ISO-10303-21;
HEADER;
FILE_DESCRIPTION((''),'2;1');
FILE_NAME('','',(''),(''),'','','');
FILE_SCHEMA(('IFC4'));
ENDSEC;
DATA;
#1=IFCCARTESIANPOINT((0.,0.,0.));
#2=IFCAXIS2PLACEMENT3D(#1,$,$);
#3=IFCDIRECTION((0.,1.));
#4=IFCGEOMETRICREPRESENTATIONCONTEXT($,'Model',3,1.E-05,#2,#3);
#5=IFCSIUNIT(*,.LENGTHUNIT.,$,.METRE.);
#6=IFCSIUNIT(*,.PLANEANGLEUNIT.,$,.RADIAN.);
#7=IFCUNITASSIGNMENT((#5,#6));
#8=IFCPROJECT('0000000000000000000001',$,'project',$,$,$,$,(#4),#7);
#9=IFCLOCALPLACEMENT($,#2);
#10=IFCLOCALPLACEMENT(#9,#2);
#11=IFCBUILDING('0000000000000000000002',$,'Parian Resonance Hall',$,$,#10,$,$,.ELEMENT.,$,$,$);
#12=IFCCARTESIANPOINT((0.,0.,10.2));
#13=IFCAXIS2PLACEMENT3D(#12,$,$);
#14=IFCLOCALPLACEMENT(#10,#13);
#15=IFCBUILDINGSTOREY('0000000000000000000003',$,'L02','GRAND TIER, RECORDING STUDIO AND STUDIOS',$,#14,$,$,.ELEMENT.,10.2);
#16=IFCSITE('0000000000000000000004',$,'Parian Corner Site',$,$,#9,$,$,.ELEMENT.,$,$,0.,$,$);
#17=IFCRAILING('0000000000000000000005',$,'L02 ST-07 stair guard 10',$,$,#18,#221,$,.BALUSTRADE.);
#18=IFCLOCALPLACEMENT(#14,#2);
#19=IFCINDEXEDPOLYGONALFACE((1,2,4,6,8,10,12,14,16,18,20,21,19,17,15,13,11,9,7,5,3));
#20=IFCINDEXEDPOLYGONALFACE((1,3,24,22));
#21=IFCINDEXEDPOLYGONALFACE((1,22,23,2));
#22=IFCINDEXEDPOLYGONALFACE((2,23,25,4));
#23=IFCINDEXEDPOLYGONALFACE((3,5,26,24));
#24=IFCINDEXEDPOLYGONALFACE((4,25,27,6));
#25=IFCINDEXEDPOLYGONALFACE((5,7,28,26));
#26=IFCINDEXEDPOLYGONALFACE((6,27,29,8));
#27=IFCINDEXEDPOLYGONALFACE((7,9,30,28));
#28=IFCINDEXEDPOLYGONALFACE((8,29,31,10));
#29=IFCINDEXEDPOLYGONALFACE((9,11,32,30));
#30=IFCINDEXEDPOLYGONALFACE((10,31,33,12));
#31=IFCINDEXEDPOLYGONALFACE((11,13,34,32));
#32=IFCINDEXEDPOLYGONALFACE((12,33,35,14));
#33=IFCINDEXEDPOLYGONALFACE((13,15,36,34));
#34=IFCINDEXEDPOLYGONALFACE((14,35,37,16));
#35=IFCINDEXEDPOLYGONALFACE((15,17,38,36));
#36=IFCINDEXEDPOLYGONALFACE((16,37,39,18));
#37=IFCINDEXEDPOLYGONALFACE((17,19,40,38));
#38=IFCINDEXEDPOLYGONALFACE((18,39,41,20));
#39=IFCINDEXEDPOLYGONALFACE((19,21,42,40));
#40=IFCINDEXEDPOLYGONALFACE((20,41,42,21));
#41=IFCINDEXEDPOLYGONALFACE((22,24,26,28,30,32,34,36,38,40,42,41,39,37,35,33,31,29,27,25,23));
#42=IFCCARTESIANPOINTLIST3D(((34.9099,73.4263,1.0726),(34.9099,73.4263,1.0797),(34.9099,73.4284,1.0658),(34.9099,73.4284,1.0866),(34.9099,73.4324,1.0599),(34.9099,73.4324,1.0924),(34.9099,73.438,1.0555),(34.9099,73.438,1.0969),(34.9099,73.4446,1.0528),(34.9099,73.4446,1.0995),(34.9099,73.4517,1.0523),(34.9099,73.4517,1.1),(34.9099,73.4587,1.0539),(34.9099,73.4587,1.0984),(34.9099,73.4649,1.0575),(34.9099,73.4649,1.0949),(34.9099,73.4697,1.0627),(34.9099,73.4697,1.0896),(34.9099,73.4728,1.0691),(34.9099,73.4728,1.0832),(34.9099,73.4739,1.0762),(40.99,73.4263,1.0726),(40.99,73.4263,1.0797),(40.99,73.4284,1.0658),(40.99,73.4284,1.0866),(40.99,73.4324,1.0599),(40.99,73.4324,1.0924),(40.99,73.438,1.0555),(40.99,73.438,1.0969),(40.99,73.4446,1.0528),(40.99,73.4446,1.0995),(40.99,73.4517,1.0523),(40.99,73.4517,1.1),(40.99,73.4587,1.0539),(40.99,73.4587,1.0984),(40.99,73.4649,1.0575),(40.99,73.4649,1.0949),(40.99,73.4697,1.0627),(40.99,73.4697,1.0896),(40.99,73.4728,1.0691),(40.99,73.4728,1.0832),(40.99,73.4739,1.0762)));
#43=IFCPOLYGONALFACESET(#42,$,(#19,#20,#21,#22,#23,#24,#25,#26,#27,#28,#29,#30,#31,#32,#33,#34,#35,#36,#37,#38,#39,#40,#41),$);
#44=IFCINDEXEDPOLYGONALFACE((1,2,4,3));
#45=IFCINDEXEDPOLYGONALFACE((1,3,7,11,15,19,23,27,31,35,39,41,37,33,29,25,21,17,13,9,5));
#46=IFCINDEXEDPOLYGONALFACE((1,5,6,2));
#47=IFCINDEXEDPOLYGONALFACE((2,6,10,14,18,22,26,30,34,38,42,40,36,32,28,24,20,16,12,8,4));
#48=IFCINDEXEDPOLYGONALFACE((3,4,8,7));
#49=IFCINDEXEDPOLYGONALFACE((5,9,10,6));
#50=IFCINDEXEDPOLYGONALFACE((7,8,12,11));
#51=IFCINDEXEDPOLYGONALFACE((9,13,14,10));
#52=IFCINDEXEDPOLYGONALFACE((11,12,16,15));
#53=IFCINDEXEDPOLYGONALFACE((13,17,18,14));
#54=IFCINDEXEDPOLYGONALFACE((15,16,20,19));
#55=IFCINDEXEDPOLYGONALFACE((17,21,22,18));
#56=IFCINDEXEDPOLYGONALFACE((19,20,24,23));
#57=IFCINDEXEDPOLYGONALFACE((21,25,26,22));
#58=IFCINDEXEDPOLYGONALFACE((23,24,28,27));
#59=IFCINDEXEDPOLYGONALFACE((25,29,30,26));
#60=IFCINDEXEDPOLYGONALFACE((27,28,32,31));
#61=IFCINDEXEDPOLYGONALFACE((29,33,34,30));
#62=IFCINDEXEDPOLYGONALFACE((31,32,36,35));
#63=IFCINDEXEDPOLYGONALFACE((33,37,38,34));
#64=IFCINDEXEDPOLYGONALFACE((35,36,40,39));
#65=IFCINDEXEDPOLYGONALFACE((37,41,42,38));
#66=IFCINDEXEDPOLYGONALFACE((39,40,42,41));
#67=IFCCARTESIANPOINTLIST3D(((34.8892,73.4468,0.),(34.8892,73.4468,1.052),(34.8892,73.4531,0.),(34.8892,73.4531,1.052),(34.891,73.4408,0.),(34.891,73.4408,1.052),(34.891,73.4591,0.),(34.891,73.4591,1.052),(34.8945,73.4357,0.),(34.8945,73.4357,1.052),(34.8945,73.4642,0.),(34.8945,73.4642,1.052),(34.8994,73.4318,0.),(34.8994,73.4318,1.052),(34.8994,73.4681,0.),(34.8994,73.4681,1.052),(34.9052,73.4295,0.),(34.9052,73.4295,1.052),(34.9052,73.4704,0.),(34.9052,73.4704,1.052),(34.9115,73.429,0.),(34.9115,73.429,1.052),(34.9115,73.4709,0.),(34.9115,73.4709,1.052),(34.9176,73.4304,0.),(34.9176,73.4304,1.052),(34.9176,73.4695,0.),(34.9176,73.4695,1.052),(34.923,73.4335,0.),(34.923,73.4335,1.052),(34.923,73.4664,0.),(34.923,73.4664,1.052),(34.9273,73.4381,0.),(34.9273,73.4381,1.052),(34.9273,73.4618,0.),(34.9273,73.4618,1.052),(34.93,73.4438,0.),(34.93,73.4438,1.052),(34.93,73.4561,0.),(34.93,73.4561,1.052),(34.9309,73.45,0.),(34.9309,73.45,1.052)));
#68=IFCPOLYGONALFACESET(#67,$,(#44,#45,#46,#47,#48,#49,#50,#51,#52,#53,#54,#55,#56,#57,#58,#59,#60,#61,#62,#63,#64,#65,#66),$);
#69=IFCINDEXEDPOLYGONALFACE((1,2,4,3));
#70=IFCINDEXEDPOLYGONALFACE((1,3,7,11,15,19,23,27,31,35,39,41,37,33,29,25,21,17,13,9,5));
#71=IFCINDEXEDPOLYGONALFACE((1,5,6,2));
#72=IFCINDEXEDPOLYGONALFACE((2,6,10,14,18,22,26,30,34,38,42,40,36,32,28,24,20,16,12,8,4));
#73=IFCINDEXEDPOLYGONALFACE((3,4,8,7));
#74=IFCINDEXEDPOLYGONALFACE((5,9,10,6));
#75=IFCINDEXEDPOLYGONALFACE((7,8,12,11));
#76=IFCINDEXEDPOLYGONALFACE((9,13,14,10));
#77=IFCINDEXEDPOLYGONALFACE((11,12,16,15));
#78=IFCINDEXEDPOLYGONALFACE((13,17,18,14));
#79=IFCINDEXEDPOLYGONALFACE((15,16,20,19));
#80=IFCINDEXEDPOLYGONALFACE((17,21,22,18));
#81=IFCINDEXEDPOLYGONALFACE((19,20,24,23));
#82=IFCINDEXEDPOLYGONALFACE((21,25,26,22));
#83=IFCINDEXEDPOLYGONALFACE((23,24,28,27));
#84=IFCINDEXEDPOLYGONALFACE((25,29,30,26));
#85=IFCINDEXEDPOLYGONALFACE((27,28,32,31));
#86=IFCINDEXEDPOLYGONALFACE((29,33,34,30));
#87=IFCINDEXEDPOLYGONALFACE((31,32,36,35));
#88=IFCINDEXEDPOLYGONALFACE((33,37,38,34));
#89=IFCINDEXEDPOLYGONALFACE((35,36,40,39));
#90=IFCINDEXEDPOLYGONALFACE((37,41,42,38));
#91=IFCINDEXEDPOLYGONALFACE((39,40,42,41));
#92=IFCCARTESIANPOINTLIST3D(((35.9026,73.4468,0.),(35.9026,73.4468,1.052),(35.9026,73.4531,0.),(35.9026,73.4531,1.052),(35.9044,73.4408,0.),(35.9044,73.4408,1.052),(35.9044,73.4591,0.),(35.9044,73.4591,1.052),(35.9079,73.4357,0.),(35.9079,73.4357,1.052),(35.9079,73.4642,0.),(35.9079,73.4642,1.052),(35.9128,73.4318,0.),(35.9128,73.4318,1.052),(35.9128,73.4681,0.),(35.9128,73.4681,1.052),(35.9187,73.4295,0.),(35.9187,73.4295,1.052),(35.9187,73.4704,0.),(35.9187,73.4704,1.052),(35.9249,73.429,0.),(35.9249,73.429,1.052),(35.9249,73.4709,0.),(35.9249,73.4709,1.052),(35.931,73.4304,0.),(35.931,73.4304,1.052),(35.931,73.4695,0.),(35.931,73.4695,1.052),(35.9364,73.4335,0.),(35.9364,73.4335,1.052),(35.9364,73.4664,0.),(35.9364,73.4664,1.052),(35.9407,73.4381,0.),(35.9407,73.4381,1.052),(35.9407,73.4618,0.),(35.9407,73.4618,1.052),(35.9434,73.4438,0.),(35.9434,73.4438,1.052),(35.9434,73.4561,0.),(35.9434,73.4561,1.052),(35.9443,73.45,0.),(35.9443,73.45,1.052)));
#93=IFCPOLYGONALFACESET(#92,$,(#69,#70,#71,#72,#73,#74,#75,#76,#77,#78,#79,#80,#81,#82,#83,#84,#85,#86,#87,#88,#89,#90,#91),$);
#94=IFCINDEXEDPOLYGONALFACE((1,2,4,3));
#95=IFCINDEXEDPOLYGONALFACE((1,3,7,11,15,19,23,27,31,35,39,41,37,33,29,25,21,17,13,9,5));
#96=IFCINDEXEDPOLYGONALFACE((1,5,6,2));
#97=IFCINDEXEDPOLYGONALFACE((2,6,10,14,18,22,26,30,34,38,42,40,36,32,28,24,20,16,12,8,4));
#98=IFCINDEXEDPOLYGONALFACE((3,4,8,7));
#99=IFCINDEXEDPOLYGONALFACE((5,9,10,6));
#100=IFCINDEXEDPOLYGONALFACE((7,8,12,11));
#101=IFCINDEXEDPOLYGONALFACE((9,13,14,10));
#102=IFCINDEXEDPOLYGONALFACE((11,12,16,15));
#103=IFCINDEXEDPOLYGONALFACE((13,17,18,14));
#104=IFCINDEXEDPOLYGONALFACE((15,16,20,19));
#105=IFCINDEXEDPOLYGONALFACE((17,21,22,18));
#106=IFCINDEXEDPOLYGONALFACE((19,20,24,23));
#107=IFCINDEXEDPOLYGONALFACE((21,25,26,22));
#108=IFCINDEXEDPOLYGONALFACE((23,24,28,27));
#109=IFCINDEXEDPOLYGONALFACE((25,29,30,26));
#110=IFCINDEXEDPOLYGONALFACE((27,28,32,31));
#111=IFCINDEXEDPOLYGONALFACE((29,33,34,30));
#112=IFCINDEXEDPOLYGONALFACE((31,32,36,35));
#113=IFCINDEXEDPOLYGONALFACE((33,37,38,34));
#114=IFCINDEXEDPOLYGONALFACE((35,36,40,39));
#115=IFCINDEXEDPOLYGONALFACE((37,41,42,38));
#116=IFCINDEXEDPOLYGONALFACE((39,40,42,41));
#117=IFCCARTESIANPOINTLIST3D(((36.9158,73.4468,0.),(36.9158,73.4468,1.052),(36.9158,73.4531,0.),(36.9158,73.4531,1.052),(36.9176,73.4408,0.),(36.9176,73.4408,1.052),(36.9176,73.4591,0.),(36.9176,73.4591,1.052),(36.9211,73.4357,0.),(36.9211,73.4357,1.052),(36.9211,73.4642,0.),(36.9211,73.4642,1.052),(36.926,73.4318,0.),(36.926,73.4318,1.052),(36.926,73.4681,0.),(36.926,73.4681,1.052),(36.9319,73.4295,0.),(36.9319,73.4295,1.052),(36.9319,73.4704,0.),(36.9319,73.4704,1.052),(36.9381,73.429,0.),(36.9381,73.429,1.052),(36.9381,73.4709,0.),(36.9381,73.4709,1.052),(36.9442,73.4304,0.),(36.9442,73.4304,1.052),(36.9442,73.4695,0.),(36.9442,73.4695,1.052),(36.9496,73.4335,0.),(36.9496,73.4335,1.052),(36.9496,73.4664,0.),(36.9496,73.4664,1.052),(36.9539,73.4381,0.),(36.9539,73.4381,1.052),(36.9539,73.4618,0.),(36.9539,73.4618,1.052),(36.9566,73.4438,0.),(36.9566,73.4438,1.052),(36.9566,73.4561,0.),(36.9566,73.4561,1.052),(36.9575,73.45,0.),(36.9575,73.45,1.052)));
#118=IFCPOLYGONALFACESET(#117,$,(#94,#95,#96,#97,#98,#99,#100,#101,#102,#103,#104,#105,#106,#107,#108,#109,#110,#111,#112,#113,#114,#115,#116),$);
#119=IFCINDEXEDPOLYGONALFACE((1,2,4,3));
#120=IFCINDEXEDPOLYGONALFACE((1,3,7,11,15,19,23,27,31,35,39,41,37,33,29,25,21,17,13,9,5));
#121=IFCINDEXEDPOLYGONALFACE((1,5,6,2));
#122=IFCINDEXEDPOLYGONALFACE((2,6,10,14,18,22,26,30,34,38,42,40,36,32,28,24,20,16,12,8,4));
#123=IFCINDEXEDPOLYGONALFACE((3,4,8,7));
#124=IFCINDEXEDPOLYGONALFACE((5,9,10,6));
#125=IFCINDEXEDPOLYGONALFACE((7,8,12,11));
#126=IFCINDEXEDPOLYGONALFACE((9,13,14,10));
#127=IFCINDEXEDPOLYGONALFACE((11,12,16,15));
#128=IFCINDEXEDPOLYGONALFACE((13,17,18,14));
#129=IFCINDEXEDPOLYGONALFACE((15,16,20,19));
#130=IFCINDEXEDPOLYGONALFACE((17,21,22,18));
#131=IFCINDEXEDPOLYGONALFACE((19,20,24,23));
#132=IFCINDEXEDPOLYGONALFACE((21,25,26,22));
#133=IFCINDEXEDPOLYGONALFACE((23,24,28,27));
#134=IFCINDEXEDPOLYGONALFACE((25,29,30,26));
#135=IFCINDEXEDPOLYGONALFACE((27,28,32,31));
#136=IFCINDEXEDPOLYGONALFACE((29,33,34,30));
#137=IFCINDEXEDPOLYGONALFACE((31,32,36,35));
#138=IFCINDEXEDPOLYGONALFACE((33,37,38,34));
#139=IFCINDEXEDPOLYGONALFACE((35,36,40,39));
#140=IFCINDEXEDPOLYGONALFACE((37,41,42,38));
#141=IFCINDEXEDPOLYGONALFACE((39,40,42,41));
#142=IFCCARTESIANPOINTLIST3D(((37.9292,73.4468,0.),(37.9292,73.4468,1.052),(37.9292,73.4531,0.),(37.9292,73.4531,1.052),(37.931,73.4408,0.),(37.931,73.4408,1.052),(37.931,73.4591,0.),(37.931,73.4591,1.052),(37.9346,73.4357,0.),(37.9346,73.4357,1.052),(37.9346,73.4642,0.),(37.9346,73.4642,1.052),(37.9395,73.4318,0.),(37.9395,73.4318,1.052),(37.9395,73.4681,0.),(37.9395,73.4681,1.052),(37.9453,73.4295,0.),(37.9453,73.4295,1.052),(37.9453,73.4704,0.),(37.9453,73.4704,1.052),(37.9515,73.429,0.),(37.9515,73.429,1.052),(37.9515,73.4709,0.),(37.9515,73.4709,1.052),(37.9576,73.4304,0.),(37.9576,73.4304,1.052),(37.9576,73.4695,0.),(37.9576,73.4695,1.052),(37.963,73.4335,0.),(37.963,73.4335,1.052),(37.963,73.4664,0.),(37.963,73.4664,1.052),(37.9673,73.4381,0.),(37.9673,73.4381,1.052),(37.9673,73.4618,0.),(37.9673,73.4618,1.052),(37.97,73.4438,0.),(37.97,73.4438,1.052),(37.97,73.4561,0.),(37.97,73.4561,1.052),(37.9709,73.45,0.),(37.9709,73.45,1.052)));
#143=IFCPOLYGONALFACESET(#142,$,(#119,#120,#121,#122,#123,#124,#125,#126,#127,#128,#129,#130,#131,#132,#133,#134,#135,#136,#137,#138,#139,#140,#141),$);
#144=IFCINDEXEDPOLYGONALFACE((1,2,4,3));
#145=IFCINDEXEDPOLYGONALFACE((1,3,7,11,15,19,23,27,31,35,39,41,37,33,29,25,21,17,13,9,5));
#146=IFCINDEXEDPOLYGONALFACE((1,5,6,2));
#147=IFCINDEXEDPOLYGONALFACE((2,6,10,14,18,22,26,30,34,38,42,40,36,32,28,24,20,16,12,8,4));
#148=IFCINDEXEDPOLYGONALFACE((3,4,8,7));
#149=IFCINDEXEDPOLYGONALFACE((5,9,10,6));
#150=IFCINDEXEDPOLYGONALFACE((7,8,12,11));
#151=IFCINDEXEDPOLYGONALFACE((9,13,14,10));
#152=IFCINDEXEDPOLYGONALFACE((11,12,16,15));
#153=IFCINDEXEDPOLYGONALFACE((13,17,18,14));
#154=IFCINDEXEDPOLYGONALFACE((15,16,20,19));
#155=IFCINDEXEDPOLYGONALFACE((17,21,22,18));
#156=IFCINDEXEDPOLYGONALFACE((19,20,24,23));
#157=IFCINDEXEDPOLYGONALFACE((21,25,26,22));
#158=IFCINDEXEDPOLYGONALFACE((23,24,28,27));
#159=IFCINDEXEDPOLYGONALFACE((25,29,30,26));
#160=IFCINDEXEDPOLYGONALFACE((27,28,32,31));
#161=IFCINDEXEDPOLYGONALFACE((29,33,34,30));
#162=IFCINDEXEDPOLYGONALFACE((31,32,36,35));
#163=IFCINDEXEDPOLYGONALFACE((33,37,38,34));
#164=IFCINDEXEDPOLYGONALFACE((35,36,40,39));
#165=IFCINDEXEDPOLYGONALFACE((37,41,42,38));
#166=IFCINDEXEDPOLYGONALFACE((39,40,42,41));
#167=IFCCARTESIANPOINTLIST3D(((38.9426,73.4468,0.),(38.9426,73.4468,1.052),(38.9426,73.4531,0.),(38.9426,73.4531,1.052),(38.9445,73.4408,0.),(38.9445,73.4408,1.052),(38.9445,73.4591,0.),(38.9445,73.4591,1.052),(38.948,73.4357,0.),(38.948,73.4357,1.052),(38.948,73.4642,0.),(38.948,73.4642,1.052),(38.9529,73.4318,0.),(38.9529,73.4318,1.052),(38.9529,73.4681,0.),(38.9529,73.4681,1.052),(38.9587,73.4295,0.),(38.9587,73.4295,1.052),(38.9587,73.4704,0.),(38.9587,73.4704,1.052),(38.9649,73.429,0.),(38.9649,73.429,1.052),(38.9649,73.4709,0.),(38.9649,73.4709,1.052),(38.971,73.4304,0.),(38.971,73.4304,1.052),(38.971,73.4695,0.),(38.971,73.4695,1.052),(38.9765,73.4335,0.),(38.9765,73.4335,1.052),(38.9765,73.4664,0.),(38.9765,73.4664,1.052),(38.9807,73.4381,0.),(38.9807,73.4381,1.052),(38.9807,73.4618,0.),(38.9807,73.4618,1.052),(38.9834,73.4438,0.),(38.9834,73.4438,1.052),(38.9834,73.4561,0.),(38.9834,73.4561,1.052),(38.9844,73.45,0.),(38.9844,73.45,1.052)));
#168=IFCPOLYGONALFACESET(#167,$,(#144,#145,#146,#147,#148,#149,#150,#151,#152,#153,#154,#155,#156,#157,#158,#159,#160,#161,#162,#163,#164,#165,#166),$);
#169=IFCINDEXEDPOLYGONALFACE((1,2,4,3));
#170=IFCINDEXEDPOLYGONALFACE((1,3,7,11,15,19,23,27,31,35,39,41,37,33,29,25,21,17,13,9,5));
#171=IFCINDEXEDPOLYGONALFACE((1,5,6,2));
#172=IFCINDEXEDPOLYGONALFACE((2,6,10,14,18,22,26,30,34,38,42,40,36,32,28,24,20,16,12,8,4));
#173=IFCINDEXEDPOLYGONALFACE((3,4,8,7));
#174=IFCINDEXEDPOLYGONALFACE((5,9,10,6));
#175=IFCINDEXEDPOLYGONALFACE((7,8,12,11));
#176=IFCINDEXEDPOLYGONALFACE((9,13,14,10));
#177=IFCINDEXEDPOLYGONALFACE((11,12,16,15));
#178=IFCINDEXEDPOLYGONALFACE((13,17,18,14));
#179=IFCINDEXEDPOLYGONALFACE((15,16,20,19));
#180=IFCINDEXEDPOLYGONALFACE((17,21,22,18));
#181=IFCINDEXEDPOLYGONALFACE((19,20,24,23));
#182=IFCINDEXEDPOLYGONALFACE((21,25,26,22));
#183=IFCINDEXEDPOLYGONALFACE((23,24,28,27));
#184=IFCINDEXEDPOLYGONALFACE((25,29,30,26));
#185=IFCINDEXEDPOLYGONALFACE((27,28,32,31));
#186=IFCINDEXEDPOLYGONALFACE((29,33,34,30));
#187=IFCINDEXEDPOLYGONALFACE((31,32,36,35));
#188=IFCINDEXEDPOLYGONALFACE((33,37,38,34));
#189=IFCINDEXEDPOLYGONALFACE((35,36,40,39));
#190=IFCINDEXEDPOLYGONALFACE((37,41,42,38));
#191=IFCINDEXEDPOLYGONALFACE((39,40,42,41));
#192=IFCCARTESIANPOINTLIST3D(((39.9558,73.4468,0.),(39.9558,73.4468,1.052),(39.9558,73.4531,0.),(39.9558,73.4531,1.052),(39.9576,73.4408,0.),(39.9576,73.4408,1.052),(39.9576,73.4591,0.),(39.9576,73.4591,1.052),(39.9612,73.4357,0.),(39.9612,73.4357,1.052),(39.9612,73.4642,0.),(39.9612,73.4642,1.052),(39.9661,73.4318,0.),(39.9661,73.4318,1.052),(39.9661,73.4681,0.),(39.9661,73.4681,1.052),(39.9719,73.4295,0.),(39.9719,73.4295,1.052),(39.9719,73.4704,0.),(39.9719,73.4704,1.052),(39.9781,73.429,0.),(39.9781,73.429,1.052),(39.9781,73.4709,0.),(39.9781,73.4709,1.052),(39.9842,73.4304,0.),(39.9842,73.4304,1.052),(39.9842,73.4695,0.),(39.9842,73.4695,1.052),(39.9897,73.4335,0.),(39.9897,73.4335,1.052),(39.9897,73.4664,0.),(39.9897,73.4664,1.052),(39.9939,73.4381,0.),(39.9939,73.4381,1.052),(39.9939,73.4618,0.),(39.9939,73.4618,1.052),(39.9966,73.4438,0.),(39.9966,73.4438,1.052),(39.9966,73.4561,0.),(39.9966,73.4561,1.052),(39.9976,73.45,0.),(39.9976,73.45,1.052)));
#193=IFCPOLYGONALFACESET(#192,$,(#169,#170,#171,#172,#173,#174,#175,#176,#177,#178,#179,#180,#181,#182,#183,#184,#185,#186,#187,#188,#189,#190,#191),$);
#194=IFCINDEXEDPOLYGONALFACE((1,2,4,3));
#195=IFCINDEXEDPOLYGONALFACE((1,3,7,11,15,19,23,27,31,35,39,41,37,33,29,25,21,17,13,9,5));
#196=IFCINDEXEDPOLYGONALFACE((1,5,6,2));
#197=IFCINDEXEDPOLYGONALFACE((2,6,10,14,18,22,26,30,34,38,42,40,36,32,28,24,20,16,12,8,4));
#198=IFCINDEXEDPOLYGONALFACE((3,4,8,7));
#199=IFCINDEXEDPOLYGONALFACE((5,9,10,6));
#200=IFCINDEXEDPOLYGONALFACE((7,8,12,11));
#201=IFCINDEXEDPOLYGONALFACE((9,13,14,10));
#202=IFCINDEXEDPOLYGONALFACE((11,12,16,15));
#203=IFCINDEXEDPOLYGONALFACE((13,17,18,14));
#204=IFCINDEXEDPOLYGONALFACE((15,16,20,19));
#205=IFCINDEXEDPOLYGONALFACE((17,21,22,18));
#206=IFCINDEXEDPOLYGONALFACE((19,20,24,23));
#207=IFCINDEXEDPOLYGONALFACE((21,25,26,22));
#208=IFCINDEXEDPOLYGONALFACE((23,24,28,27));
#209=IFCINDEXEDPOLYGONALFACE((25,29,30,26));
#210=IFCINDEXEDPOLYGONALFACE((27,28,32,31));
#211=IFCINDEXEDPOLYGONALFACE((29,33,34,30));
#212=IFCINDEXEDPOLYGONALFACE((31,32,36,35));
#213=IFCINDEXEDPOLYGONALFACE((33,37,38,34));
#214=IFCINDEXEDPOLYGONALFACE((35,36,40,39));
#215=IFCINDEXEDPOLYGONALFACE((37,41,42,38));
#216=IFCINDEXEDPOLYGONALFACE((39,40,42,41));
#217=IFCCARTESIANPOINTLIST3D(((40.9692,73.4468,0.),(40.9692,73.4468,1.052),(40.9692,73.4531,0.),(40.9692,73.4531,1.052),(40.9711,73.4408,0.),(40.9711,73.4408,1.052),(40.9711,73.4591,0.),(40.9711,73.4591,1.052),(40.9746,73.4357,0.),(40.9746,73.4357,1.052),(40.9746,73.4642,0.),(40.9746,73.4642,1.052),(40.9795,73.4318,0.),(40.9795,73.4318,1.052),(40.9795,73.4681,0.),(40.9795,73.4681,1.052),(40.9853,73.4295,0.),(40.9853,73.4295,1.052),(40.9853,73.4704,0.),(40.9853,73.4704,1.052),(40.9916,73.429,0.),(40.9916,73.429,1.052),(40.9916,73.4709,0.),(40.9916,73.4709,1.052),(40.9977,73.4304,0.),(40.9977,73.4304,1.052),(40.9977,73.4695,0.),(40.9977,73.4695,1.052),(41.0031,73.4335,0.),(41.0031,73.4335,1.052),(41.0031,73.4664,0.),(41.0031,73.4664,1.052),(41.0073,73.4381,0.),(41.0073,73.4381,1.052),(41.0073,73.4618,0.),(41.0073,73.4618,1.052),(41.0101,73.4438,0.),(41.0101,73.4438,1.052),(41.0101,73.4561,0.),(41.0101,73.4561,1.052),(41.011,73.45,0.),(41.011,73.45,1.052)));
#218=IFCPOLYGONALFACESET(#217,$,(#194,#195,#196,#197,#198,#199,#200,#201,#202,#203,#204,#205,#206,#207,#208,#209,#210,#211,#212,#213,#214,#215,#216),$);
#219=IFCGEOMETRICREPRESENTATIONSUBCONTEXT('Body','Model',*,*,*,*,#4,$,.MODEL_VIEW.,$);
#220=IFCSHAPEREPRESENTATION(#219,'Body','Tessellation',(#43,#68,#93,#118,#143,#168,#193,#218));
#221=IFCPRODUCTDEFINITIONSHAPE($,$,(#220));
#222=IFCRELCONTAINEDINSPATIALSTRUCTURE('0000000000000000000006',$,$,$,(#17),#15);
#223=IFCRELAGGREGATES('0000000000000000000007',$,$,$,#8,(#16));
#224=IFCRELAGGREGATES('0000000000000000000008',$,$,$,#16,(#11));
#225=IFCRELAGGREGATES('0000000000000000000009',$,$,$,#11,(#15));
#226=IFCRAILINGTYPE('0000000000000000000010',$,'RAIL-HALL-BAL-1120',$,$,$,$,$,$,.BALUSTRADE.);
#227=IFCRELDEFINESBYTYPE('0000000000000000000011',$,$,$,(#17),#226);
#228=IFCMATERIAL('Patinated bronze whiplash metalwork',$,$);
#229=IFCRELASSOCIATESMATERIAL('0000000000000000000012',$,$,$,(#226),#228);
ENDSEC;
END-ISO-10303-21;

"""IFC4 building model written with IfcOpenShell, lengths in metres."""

from ifc_helpers import new_model, si_unit, direction, frame, origin, origin_2d, place, context, subcontext, project, spatial, circle, extrude, material, type_object, element, save


model = new_model("IFC4")

# Units and contexts
model_context = context("Model", 3, precision=1e-05, world=origin(), true_north=direction((0.0, 1.0)))
body_context = subcontext(model_context, "Body", "Model", "MODEL_VIEW")
ifc_project = project(units=[si_unit("LENGTHUNIT", "METRE"), si_unit("PLANEANGLEUNIT", "RADIAN")], contexts=[model_context])

# Site, building, storey
site_placement = place(None, origin())
site = spatial("IfcSite", under=ifc_project, at=site_placement, Name="Parian Corner Site", CompositionType="ELEMENT", RefElevation=0.0)
building_placement = place(site_placement, origin())
building = spatial("IfcBuilding", under=site, at=building_placement, Name="Parian Resonance Hall", CompositionType="ELEMENT")
storey_placement = place(building_placement, frame((0.0, 0.0, 10.2)))
storey = spatial("IfcBuildingStorey", under=building, at=storey_placement, Name="L02", Description="GRAND TIER, RECORDING STUDIO AND STUDIOS", CompositionType="ELEMENT", Elevation=10.2)

# Railing
ifc_material_1 = material(Name="Patinated bronze whiplash metalwork")
railing_type_1 = type_object("IfcRailingType", Name="RAIL-HALL-BAL-1120", PredefinedType="BALUSTRADE", material=ifc_material_1)
railing_1_placement = place(storey_placement, frame((34.9099, 73.45, 0.0)))
element("IfcRailing", 1, at=railing_1_placement, inside=storey, type_object=railing_type_1, Name="L02 ST-07 stair guard 10", PredefinedType="BALUSTRADE", context=body_context, shape_type="SweptSolid", body=[
    extrude(circle(Radius=0.0239, at=origin_2d()), frame((0.0, 0.0, 1.0762), z_axis=(1.0, 0.0, 0.0), x_axis=(0.0, 1.0, 0.0)), (0.0, 0.0, 1.0), 6.0801),
    extrude(circle(Radius=0.021, at=origin_2d()), origin(), (0.0, 0.0, 1.0), 1.052),
    extrude(circle(Radius=0.021, at=origin_2d()), frame((1.0134, 0.0, 0.0)), (0.0, 0.0, 1.0), 1.052),
    extrude(circle(Radius=0.021, at=origin_2d()), frame((2.0266, 0.0, 0.0)), (0.0, 0.0, 1.0), 1.052),
    extrude(circle(Radius=0.021, at=origin_2d()), frame((3.04, 0.0, 0.0)), (0.0, 0.0, 1.0), 1.052),
    extrude(circle(Radius=0.021, at=origin_2d()), frame((4.0535, 0.0, 0.0)), (0.0, 0.0, 1.0), 1.052),
    extrude(circle(Radius=0.021, at=origin_2d()), frame((5.0667, 0.0, 0.0)), (0.0, 0.0, 1.0), 1.052),
    extrude(circle(Radius=0.021, at=origin_2d()), frame((6.0801, 0.0, 0.0)), (0.0, 0.0, 1.0), 1.052),
])

save(model, "model.ifc")
